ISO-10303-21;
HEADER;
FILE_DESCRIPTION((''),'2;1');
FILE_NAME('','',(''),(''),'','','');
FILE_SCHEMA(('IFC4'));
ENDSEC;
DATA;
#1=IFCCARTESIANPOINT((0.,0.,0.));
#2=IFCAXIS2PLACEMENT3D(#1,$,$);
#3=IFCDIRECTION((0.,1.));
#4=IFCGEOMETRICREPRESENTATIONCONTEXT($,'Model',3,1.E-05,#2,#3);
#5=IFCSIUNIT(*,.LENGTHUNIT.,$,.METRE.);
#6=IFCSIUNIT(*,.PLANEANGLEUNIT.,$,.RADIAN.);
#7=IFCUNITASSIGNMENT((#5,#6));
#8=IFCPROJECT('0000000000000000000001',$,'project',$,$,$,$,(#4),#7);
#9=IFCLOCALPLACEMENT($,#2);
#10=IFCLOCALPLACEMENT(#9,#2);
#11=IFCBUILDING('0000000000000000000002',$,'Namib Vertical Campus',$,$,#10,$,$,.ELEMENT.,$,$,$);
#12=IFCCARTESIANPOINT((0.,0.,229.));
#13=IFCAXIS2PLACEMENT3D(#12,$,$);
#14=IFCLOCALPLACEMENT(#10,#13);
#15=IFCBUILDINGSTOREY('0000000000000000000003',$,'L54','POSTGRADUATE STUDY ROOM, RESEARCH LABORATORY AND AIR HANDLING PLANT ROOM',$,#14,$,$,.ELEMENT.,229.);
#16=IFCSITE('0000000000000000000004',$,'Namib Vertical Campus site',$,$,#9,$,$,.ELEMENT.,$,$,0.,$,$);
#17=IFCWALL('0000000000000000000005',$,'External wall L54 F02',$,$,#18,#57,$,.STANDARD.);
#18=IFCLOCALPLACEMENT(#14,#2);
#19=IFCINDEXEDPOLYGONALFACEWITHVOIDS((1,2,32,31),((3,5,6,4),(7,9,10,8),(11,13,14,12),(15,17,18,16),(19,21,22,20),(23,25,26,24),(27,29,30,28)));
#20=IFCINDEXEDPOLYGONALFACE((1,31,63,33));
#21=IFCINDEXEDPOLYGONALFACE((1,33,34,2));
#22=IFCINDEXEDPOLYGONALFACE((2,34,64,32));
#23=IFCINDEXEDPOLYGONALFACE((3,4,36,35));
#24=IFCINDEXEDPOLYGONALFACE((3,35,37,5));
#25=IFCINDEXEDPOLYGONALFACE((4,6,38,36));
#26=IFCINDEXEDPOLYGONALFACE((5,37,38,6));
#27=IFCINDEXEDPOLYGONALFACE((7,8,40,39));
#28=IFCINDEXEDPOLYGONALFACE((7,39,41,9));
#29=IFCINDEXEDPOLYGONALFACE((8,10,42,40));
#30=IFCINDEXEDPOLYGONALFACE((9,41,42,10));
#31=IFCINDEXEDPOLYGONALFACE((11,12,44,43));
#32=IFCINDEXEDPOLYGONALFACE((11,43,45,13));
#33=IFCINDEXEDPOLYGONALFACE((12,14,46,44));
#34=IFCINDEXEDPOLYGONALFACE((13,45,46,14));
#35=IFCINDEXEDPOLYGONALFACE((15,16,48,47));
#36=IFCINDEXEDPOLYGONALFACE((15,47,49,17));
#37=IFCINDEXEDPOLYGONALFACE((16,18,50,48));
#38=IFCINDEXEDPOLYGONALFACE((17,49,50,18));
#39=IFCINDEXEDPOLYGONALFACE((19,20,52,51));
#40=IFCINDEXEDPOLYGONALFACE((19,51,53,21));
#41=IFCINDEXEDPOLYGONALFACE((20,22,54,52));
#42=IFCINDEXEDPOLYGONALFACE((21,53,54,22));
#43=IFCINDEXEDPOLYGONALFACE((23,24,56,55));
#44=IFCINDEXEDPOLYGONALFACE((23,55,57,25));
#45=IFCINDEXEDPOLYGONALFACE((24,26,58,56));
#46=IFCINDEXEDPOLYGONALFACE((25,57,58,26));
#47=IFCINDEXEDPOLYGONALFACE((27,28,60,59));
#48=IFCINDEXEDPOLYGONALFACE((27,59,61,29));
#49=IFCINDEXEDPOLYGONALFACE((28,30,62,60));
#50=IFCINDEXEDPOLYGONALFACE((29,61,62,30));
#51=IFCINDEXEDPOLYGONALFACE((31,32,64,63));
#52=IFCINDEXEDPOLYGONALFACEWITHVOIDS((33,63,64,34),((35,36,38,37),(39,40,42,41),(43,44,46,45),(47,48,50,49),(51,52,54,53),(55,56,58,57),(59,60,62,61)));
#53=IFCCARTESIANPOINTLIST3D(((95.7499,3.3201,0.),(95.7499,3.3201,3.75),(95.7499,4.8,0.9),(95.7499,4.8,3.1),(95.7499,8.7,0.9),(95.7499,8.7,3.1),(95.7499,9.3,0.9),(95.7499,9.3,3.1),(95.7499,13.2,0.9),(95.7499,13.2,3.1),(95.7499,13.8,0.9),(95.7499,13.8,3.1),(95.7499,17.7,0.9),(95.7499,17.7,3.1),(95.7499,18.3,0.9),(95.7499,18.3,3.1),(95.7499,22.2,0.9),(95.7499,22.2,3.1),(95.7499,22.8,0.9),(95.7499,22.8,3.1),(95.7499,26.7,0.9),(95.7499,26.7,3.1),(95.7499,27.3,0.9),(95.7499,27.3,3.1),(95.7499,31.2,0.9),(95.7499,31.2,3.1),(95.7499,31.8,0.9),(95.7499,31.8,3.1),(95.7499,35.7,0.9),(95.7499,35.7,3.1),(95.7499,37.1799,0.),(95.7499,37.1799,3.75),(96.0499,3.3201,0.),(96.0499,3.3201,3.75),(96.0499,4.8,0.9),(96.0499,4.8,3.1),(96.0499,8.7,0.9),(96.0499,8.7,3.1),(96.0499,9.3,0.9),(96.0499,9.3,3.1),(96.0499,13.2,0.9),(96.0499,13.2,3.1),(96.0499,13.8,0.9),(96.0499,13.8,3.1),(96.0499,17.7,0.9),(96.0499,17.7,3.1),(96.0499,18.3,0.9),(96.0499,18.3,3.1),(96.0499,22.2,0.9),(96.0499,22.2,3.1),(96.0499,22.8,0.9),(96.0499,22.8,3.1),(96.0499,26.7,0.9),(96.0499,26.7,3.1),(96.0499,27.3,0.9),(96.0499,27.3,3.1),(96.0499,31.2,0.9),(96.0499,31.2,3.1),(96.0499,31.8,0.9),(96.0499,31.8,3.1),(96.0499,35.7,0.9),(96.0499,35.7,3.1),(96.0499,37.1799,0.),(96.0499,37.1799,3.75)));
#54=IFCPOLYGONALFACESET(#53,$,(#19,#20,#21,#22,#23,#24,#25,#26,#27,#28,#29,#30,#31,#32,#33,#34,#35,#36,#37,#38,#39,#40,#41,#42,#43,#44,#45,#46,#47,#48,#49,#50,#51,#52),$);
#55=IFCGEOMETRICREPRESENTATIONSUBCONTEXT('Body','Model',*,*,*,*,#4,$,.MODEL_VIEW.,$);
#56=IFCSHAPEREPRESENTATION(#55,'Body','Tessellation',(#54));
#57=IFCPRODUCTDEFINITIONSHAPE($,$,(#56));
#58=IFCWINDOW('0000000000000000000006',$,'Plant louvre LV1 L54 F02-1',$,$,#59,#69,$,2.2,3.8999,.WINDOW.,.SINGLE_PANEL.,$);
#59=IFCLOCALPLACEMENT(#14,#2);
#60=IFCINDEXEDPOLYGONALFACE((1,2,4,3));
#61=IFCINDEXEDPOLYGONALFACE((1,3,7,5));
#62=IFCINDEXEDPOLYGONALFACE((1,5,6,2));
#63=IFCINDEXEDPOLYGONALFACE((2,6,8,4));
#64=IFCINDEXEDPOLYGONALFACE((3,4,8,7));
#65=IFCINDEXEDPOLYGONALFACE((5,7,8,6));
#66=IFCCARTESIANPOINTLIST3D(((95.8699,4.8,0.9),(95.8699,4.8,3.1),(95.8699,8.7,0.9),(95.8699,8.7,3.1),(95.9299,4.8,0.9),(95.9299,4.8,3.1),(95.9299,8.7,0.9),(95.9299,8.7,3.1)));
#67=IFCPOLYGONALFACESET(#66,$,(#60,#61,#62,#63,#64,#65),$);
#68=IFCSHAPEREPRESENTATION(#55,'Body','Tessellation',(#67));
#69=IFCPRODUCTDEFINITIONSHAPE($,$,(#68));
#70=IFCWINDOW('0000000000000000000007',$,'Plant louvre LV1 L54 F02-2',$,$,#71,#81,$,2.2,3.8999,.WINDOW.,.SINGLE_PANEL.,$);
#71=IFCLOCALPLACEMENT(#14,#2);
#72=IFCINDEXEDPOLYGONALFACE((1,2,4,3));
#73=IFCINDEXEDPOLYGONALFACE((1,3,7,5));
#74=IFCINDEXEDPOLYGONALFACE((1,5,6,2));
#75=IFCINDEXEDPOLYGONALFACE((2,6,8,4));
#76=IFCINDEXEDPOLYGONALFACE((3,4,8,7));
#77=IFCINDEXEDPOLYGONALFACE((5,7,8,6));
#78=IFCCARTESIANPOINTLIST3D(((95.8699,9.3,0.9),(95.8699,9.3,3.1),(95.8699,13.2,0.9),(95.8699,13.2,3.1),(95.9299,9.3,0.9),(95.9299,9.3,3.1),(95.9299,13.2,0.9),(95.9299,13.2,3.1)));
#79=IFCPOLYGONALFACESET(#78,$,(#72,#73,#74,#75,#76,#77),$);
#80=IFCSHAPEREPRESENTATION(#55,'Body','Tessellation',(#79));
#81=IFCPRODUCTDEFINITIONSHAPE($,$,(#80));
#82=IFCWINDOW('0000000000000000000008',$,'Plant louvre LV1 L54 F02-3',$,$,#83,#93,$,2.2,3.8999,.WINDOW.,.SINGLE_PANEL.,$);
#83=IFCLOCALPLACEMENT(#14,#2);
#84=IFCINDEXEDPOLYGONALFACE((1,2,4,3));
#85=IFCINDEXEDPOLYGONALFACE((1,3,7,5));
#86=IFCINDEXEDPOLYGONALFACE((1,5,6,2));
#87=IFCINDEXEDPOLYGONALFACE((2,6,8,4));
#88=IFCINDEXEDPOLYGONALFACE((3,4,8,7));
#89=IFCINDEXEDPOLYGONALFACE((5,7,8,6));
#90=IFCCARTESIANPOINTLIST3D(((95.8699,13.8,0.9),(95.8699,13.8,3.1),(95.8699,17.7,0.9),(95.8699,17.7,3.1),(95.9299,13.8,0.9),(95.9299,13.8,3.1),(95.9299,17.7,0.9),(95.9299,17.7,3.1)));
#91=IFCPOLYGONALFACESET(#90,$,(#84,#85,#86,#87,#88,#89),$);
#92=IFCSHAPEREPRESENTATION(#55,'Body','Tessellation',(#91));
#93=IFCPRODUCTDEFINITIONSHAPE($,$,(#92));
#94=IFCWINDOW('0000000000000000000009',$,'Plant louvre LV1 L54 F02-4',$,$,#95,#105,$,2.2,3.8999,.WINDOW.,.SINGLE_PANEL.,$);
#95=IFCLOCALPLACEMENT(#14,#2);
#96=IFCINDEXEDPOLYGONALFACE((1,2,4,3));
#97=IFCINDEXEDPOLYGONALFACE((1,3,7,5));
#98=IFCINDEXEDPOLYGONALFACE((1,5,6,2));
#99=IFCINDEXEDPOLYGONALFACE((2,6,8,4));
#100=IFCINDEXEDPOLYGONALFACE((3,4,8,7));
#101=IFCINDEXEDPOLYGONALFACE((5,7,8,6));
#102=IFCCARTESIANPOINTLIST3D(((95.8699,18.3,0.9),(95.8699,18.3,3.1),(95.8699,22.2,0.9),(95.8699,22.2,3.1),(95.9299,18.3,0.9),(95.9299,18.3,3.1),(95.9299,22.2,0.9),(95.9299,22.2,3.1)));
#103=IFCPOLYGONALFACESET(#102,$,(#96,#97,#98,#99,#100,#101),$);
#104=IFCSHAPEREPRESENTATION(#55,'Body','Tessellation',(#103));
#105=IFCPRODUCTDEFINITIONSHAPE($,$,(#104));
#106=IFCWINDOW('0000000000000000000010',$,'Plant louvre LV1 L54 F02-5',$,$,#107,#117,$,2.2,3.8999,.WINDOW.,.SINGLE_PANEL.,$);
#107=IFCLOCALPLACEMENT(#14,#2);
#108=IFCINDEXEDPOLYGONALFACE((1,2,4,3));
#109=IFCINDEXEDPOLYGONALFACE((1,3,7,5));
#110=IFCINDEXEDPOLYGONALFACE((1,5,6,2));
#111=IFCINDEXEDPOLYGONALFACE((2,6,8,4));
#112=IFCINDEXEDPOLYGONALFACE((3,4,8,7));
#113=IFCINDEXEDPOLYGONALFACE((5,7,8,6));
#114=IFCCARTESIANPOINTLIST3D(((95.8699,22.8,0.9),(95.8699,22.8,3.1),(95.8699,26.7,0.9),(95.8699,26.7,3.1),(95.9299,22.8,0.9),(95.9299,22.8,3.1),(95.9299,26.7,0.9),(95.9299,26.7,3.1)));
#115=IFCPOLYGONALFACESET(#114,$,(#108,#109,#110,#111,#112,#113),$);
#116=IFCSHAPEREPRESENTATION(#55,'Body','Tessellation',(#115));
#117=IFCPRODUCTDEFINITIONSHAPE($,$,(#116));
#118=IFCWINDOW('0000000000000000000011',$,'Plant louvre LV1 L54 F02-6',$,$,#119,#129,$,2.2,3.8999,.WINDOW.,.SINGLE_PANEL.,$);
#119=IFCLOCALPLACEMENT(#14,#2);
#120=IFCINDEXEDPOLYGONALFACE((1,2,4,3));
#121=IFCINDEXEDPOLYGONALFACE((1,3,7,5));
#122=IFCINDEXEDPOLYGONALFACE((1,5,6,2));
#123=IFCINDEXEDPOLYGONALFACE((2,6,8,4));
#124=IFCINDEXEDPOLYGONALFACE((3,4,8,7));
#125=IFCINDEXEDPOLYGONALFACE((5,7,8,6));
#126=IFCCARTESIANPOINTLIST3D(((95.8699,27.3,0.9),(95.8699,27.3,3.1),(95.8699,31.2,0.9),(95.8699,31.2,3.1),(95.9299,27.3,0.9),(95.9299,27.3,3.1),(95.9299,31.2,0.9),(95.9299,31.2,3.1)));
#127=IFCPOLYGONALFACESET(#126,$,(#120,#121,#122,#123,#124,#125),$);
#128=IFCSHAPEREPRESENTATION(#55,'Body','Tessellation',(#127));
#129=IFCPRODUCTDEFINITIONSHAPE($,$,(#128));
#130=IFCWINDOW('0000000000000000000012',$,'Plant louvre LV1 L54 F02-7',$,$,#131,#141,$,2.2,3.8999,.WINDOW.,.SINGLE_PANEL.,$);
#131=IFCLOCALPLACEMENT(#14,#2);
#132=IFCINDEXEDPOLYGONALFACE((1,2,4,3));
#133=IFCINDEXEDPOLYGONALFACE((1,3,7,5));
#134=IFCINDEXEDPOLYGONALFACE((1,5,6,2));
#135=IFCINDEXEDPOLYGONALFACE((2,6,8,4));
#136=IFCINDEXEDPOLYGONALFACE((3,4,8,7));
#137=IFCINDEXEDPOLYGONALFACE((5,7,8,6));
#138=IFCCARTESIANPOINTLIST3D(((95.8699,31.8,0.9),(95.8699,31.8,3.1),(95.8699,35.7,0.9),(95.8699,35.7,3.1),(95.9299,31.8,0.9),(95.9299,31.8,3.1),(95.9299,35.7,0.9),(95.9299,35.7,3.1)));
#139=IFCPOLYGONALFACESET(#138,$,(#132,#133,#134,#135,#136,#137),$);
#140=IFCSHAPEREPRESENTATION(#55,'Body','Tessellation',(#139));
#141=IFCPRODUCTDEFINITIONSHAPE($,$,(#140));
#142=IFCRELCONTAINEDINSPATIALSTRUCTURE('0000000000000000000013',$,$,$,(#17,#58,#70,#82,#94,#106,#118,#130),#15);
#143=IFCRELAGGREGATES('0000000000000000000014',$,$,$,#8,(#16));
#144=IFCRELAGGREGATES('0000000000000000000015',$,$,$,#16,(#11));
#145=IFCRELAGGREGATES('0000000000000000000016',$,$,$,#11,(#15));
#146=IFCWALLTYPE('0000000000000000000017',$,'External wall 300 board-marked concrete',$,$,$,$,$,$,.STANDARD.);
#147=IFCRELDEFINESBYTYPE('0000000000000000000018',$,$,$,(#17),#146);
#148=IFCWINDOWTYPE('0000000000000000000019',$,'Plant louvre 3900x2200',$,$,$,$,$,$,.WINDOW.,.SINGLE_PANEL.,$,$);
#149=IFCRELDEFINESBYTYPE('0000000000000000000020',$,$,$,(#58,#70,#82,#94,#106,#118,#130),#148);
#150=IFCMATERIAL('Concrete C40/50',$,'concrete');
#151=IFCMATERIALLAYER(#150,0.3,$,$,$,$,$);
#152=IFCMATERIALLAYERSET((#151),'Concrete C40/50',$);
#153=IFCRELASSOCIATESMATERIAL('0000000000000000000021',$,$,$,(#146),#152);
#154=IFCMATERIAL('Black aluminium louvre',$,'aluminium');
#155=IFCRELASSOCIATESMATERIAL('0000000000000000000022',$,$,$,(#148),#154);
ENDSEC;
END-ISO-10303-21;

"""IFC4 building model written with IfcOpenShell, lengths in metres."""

from ifc_helpers import new_model, si_unit, direction, frame, frame_2d, origin, place, context, subcontext, project, spatial, rectangle, extrude, material, layer, layer_set, type_object, element, fill, save


model = new_model("IFC4")

# Units and contexts
model_context = context("Model", 3, precision=1e-05, world=origin(), true_north=direction((0.0, 1.0)))
body_context = subcontext(model_context, "Body", "Model", "MODEL_VIEW")
ifc_project = project(units=[si_unit("LENGTHUNIT", "METRE"), si_unit("PLANEANGLEUNIT", "RADIAN")], contexts=[model_context])

# Site, building, storey
site_placement = place(None, origin())
site = spatial("IfcSite", under=ifc_project, at=site_placement, Name="Namib Vertical Campus site", CompositionType="ELEMENT", RefElevation=0.0)
building_placement = place(site_placement, origin())
building = spatial("IfcBuilding", under=site, at=building_placement, Name="Namib Vertical Campus", CompositionType="ELEMENT")
storey_placement = place(building_placement, frame((0.0, 0.0, 229.0)))
storey = spatial("IfcBuildingStorey", under=building, at=storey_placement, Name="L54", Description="POSTGRADUATE STUDY ROOM, RESEARCH LABORATORY AND AIR HANDLING PLANT ROOM", CompositionType="ELEMENT", Elevation=229.0)

# Wall, openings, windows
ifc_material_1 = material(Name="Concrete C40/50", Category="concrete")
ifc_layer_1 = layer(ifc_material_1, 0.3)
ifc_layer_set_1 = layer_set([ifc_layer_1], Name="Concrete C40/50")
wall_type_1 = type_object("IfcWallType", Name="External wall 300 board-marked concrete", PredefinedType="STANDARD", material=ifc_layer_set_1)
wall_1_placement = place(storey_placement, frame((95.8999, 3.3201, 0.0), z_axis=(0.0, 0.0, 1.0), x_axis=(0.0, 1.0, 0.0)))
wall_1 = element("IfcWall", 1, at=wall_1_placement, inside=storey, type_object=wall_type_1, Name="External wall L54 F02", PredefinedType="STANDARD", context=body_context, shape_type="SweptSolid", body=[
    extrude(rectangle(XDim=33.8599, YDim=0.3, at=frame_2d((16.9299, 0.0))), origin(), (0.0, 0.0, 1.0), 3.75),
])
opening_1_placement = place(wall_1_placement, frame((1.48, 0.0, 0.8999)))
opening_1 = element("IfcOpeningElement", 2, at=opening_1_placement, cuts=wall_1, PredefinedType="OPENING", context=body_context, shape_type="SweptSolid", body=[
    extrude(rectangle(XDim=3.8999, YDim=2.2, at=frame_2d((1.95, 1.1001))), frame((0.0, 0.1599, 0.0), z_axis=(0.0, -1.0, 0.0), x_axis=(1.0, 0.0, 0.0)), (0.0, 0.0, 1.0), 0.3201),
])
opening_2_placement = place(wall_1_placement, frame((5.98, 0.0, 0.8999)))
opening_2 = element("IfcOpeningElement", 3, at=opening_2_placement, cuts=wall_1, PredefinedType="OPENING", context=body_context, shape_type="SweptSolid", body=[
    extrude(rectangle(XDim=3.8999, YDim=2.2, at=frame_2d((1.95, 1.1001))), frame((0.0, 0.1599, 0.0), z_axis=(0.0, -1.0, 0.0), x_axis=(1.0, 0.0, 0.0)), (0.0, 0.0, 1.0), 0.3201),
])
opening_3_placement = place(wall_1_placement, frame((10.48, 0.0, 0.8999)))
opening_3 = element("IfcOpeningElement", 4, at=opening_3_placement, cuts=wall_1, PredefinedType="OPENING", context=body_context, shape_type="SweptSolid", body=[
    extrude(rectangle(XDim=3.8999, YDim=2.2, at=frame_2d((1.95, 1.1001))), frame((0.0, 0.1599, 0.0), z_axis=(0.0, -1.0, 0.0), x_axis=(1.0, 0.0, 0.0)), (0.0, 0.0, 1.0), 0.3201),
])
opening_4_placement = place(wall_1_placement, frame((14.98, 0.0, 0.8999)))
opening_4 = element("IfcOpeningElement", 5, at=opening_4_placement, cuts=wall_1, PredefinedType="OPENING", context=body_context, shape_type="SweptSolid", body=[
    extrude(rectangle(XDim=3.8999, YDim=2.2, at=frame_2d((1.95, 1.1001))), frame((0.0, 0.1599, 0.0), z_axis=(0.0, -1.0, 0.0), x_axis=(1.0, 0.0, 0.0)), (0.0, 0.0, 1.0), 0.3201),
])
opening_5_placement = place(wall_1_placement, frame((19.48, 0.0, 0.8999)))
opening_5 = element("IfcOpeningElement", 6, at=opening_5_placement, cuts=wall_1, PredefinedType="OPENING", context=body_context, shape_type="SweptSolid", body=[
    extrude(rectangle(XDim=3.8999, YDim=2.2, at=frame_2d((1.95, 1.1001))), frame((0.0, 0.1599, 0.0), z_axis=(0.0, -1.0, 0.0), x_axis=(1.0, 0.0, 0.0)), (0.0, 0.0, 1.0), 0.3201),
])
opening_6_placement = place(wall_1_placement, frame((23.98, 0.0, 0.8999)))
opening_6 = element("IfcOpeningElement", 7, at=opening_6_placement, cuts=wall_1, PredefinedType="OPENING", context=body_context, shape_type="SweptSolid", body=[
    extrude(rectangle(XDim=3.8999, YDim=2.2, at=frame_2d((1.95, 1.1001))), frame((0.0, 0.1599, 0.0), z_axis=(0.0, -1.0, 0.0), x_axis=(1.0, 0.0, 0.0)), (0.0, 0.0, 1.0), 0.3201),
])
opening_7_placement = place(wall_1_placement, frame((28.48, 0.0, 0.8999)))
opening_7 = element("IfcOpeningElement", 8, at=opening_7_placement, cuts=wall_1, PredefinedType="OPENING", context=body_context, shape_type="SweptSolid", body=[
    extrude(rectangle(XDim=3.8999, YDim=2.2, at=frame_2d((1.95, 1.1001))), frame((0.0, 0.1599, 0.0), z_axis=(0.0, -1.0, 0.0), x_axis=(1.0, 0.0, 0.0)), (0.0, 0.0, 1.0), 0.3201),
])
ifc_material_2 = material(Name="Black aluminium louvre", Category="aluminium")
window_type = type_object("IfcWindowType", Name="Plant louvre 3900x2200", PartitioningType="SINGLE_PANEL", PredefinedType="WINDOW", material=ifc_material_2)
window_1_placement = place(opening_1_placement, origin())
window_1 = element("IfcWindow", 9, at=window_1_placement, inside=storey, type_object=window_type, Name="Plant louvre LV1 L54 F02-1", OverallHeight=2.2, OverallWidth=3.8999, PartitioningType="SINGLE_PANEL", PredefinedType="WINDOW", context=body_context, shape_type="SweptSolid", body=[
    extrude(rectangle(XDim=3.8999, YDim=2.2, at=frame_2d((1.95, 1.1001))), frame((0.0, 0.03, 0.0), z_axis=(0.0, -1.0, 0.0), x_axis=(1.0, 0.0, 0.0)), (0.0, 0.0, 1.0), 0.0601),
])
fill(opening_1, window_1)
window_2_placement = place(opening_2_placement, origin())
window_2 = element("IfcWindow", 10, at=window_2_placement, inside=storey, type_object=window_type, Name="Plant louvre LV1 L54 F02-2", OverallHeight=2.2, OverallWidth=3.8999, PartitioningType="SINGLE_PANEL", PredefinedType="WINDOW", context=body_context, shape_type="SweptSolid", body=[
    extrude(rectangle(XDim=3.8999, YDim=2.2, at=frame_2d((1.95, 1.1001))), frame((0.0, 0.03, 0.0), z_axis=(0.0, -1.0, 0.0), x_axis=(1.0, 0.0, 0.0)), (0.0, 0.0, 1.0), 0.0601),
])
fill(opening_2, window_2)
window_3_placement = place(opening_3_placement, origin())
window_3 = element("IfcWindow", 11, at=window_3_placement, inside=storey, type_object=window_type, Name="Plant louvre LV1 L54 F02-3", OverallHeight=2.2, OverallWidth=3.8999, PartitioningType="SINGLE_PANEL", PredefinedType="WINDOW", context=body_context, shape_type="SweptSolid", body=[
    extrude(rectangle(XDim=3.8999, YDim=2.2, at=frame_2d((1.95, 1.1001))), frame((0.0, 0.03, 0.0), z_axis=(0.0, -1.0, 0.0), x_axis=(1.0, 0.0, 0.0)), (0.0, 0.0, 1.0), 0.0601),
])
fill(opening_3, window_3)
window_4_placement = place(opening_4_placement, origin())
window_4 = element("IfcWindow", 12, at=window_4_placement, inside=storey, type_object=window_type, Name="Plant louvre LV1 L54 F02-4", OverallHeight=2.2, OverallWidth=3.8999, PartitioningType="SINGLE_PANEL", PredefinedType="WINDOW", context=body_context, shape_type="SweptSolid", body=[
    extrude(rectangle(XDim=3.8999, YDim=2.2, at=frame_2d((1.95, 1.1001))), frame((0.0, 0.03, 0.0), z_axis=(0.0, -1.0, 0.0), x_axis=(1.0, 0.0, 0.0)), (0.0, 0.0, 1.0), 0.0601),
])
fill(opening_4, window_4)
window_5_placement = place(opening_5_placement, origin())
window_5 = element("IfcWindow", 13, at=window_5_placement, inside=storey, type_object=window_type, Name="Plant louvre LV1 L54 F02-5", OverallHeight=2.2, OverallWidth=3.8999, PartitioningType="SINGLE_PANEL", PredefinedType="WINDOW", context=body_context, shape_type="SweptSolid", body=[
    extrude(rectangle(XDim=3.8999, YDim=2.2, at=frame_2d((1.95, 1.1001))), frame((0.0, 0.03, 0.0), z_axis=(0.0, -1.0, 0.0), x_axis=(1.0, 0.0, 0.0)), (0.0, 0.0, 1.0), 0.0601),
])
fill(opening_5, window_5)
window_6_placement = place(opening_6_placement, origin())
window_6 = element("IfcWindow", 14, at=window_6_placement, inside=storey, type_object=window_type, Name="Plant louvre LV1 L54 F02-6", OverallHeight=2.2, OverallWidth=3.8999, PartitioningType="SINGLE_PANEL", PredefinedType="WINDOW", context=body_context, shape_type="SweptSolid", body=[
    extrude(rectangle(XDim=3.8999, YDim=2.2, at=frame_2d((1.95, 1.1001))), frame((0.0, 0.03, 0.0), z_axis=(0.0, -1.0, 0.0), x_axis=(1.0, 0.0, 0.0)), (0.0, 0.0, 1.0), 0.0601),
])
fill(opening_6, window_6)
window_7_placement = place(opening_7_placement, origin())
window_7 = element("IfcWindow", 15, at=window_7_placement, inside=storey, type_object=window_type, Name="Plant louvre LV1 L54 F02-7", OverallHeight=2.2, OverallWidth=3.8999, PartitioningType="SINGLE_PANEL", PredefinedType="WINDOW", context=body_context, shape_type="SweptSolid", body=[
    extrude(rectangle(XDim=3.8999, YDim=2.2, at=frame_2d((1.95, 1.1001))), frame((0.0, 0.03, 0.0), z_axis=(0.0, -1.0, 0.0), x_axis=(1.0, 0.0, 0.0)), (0.0, 0.0, 1.0), 0.0601),
])
fill(opening_7, window_7)

save(model, "model.ifc")
